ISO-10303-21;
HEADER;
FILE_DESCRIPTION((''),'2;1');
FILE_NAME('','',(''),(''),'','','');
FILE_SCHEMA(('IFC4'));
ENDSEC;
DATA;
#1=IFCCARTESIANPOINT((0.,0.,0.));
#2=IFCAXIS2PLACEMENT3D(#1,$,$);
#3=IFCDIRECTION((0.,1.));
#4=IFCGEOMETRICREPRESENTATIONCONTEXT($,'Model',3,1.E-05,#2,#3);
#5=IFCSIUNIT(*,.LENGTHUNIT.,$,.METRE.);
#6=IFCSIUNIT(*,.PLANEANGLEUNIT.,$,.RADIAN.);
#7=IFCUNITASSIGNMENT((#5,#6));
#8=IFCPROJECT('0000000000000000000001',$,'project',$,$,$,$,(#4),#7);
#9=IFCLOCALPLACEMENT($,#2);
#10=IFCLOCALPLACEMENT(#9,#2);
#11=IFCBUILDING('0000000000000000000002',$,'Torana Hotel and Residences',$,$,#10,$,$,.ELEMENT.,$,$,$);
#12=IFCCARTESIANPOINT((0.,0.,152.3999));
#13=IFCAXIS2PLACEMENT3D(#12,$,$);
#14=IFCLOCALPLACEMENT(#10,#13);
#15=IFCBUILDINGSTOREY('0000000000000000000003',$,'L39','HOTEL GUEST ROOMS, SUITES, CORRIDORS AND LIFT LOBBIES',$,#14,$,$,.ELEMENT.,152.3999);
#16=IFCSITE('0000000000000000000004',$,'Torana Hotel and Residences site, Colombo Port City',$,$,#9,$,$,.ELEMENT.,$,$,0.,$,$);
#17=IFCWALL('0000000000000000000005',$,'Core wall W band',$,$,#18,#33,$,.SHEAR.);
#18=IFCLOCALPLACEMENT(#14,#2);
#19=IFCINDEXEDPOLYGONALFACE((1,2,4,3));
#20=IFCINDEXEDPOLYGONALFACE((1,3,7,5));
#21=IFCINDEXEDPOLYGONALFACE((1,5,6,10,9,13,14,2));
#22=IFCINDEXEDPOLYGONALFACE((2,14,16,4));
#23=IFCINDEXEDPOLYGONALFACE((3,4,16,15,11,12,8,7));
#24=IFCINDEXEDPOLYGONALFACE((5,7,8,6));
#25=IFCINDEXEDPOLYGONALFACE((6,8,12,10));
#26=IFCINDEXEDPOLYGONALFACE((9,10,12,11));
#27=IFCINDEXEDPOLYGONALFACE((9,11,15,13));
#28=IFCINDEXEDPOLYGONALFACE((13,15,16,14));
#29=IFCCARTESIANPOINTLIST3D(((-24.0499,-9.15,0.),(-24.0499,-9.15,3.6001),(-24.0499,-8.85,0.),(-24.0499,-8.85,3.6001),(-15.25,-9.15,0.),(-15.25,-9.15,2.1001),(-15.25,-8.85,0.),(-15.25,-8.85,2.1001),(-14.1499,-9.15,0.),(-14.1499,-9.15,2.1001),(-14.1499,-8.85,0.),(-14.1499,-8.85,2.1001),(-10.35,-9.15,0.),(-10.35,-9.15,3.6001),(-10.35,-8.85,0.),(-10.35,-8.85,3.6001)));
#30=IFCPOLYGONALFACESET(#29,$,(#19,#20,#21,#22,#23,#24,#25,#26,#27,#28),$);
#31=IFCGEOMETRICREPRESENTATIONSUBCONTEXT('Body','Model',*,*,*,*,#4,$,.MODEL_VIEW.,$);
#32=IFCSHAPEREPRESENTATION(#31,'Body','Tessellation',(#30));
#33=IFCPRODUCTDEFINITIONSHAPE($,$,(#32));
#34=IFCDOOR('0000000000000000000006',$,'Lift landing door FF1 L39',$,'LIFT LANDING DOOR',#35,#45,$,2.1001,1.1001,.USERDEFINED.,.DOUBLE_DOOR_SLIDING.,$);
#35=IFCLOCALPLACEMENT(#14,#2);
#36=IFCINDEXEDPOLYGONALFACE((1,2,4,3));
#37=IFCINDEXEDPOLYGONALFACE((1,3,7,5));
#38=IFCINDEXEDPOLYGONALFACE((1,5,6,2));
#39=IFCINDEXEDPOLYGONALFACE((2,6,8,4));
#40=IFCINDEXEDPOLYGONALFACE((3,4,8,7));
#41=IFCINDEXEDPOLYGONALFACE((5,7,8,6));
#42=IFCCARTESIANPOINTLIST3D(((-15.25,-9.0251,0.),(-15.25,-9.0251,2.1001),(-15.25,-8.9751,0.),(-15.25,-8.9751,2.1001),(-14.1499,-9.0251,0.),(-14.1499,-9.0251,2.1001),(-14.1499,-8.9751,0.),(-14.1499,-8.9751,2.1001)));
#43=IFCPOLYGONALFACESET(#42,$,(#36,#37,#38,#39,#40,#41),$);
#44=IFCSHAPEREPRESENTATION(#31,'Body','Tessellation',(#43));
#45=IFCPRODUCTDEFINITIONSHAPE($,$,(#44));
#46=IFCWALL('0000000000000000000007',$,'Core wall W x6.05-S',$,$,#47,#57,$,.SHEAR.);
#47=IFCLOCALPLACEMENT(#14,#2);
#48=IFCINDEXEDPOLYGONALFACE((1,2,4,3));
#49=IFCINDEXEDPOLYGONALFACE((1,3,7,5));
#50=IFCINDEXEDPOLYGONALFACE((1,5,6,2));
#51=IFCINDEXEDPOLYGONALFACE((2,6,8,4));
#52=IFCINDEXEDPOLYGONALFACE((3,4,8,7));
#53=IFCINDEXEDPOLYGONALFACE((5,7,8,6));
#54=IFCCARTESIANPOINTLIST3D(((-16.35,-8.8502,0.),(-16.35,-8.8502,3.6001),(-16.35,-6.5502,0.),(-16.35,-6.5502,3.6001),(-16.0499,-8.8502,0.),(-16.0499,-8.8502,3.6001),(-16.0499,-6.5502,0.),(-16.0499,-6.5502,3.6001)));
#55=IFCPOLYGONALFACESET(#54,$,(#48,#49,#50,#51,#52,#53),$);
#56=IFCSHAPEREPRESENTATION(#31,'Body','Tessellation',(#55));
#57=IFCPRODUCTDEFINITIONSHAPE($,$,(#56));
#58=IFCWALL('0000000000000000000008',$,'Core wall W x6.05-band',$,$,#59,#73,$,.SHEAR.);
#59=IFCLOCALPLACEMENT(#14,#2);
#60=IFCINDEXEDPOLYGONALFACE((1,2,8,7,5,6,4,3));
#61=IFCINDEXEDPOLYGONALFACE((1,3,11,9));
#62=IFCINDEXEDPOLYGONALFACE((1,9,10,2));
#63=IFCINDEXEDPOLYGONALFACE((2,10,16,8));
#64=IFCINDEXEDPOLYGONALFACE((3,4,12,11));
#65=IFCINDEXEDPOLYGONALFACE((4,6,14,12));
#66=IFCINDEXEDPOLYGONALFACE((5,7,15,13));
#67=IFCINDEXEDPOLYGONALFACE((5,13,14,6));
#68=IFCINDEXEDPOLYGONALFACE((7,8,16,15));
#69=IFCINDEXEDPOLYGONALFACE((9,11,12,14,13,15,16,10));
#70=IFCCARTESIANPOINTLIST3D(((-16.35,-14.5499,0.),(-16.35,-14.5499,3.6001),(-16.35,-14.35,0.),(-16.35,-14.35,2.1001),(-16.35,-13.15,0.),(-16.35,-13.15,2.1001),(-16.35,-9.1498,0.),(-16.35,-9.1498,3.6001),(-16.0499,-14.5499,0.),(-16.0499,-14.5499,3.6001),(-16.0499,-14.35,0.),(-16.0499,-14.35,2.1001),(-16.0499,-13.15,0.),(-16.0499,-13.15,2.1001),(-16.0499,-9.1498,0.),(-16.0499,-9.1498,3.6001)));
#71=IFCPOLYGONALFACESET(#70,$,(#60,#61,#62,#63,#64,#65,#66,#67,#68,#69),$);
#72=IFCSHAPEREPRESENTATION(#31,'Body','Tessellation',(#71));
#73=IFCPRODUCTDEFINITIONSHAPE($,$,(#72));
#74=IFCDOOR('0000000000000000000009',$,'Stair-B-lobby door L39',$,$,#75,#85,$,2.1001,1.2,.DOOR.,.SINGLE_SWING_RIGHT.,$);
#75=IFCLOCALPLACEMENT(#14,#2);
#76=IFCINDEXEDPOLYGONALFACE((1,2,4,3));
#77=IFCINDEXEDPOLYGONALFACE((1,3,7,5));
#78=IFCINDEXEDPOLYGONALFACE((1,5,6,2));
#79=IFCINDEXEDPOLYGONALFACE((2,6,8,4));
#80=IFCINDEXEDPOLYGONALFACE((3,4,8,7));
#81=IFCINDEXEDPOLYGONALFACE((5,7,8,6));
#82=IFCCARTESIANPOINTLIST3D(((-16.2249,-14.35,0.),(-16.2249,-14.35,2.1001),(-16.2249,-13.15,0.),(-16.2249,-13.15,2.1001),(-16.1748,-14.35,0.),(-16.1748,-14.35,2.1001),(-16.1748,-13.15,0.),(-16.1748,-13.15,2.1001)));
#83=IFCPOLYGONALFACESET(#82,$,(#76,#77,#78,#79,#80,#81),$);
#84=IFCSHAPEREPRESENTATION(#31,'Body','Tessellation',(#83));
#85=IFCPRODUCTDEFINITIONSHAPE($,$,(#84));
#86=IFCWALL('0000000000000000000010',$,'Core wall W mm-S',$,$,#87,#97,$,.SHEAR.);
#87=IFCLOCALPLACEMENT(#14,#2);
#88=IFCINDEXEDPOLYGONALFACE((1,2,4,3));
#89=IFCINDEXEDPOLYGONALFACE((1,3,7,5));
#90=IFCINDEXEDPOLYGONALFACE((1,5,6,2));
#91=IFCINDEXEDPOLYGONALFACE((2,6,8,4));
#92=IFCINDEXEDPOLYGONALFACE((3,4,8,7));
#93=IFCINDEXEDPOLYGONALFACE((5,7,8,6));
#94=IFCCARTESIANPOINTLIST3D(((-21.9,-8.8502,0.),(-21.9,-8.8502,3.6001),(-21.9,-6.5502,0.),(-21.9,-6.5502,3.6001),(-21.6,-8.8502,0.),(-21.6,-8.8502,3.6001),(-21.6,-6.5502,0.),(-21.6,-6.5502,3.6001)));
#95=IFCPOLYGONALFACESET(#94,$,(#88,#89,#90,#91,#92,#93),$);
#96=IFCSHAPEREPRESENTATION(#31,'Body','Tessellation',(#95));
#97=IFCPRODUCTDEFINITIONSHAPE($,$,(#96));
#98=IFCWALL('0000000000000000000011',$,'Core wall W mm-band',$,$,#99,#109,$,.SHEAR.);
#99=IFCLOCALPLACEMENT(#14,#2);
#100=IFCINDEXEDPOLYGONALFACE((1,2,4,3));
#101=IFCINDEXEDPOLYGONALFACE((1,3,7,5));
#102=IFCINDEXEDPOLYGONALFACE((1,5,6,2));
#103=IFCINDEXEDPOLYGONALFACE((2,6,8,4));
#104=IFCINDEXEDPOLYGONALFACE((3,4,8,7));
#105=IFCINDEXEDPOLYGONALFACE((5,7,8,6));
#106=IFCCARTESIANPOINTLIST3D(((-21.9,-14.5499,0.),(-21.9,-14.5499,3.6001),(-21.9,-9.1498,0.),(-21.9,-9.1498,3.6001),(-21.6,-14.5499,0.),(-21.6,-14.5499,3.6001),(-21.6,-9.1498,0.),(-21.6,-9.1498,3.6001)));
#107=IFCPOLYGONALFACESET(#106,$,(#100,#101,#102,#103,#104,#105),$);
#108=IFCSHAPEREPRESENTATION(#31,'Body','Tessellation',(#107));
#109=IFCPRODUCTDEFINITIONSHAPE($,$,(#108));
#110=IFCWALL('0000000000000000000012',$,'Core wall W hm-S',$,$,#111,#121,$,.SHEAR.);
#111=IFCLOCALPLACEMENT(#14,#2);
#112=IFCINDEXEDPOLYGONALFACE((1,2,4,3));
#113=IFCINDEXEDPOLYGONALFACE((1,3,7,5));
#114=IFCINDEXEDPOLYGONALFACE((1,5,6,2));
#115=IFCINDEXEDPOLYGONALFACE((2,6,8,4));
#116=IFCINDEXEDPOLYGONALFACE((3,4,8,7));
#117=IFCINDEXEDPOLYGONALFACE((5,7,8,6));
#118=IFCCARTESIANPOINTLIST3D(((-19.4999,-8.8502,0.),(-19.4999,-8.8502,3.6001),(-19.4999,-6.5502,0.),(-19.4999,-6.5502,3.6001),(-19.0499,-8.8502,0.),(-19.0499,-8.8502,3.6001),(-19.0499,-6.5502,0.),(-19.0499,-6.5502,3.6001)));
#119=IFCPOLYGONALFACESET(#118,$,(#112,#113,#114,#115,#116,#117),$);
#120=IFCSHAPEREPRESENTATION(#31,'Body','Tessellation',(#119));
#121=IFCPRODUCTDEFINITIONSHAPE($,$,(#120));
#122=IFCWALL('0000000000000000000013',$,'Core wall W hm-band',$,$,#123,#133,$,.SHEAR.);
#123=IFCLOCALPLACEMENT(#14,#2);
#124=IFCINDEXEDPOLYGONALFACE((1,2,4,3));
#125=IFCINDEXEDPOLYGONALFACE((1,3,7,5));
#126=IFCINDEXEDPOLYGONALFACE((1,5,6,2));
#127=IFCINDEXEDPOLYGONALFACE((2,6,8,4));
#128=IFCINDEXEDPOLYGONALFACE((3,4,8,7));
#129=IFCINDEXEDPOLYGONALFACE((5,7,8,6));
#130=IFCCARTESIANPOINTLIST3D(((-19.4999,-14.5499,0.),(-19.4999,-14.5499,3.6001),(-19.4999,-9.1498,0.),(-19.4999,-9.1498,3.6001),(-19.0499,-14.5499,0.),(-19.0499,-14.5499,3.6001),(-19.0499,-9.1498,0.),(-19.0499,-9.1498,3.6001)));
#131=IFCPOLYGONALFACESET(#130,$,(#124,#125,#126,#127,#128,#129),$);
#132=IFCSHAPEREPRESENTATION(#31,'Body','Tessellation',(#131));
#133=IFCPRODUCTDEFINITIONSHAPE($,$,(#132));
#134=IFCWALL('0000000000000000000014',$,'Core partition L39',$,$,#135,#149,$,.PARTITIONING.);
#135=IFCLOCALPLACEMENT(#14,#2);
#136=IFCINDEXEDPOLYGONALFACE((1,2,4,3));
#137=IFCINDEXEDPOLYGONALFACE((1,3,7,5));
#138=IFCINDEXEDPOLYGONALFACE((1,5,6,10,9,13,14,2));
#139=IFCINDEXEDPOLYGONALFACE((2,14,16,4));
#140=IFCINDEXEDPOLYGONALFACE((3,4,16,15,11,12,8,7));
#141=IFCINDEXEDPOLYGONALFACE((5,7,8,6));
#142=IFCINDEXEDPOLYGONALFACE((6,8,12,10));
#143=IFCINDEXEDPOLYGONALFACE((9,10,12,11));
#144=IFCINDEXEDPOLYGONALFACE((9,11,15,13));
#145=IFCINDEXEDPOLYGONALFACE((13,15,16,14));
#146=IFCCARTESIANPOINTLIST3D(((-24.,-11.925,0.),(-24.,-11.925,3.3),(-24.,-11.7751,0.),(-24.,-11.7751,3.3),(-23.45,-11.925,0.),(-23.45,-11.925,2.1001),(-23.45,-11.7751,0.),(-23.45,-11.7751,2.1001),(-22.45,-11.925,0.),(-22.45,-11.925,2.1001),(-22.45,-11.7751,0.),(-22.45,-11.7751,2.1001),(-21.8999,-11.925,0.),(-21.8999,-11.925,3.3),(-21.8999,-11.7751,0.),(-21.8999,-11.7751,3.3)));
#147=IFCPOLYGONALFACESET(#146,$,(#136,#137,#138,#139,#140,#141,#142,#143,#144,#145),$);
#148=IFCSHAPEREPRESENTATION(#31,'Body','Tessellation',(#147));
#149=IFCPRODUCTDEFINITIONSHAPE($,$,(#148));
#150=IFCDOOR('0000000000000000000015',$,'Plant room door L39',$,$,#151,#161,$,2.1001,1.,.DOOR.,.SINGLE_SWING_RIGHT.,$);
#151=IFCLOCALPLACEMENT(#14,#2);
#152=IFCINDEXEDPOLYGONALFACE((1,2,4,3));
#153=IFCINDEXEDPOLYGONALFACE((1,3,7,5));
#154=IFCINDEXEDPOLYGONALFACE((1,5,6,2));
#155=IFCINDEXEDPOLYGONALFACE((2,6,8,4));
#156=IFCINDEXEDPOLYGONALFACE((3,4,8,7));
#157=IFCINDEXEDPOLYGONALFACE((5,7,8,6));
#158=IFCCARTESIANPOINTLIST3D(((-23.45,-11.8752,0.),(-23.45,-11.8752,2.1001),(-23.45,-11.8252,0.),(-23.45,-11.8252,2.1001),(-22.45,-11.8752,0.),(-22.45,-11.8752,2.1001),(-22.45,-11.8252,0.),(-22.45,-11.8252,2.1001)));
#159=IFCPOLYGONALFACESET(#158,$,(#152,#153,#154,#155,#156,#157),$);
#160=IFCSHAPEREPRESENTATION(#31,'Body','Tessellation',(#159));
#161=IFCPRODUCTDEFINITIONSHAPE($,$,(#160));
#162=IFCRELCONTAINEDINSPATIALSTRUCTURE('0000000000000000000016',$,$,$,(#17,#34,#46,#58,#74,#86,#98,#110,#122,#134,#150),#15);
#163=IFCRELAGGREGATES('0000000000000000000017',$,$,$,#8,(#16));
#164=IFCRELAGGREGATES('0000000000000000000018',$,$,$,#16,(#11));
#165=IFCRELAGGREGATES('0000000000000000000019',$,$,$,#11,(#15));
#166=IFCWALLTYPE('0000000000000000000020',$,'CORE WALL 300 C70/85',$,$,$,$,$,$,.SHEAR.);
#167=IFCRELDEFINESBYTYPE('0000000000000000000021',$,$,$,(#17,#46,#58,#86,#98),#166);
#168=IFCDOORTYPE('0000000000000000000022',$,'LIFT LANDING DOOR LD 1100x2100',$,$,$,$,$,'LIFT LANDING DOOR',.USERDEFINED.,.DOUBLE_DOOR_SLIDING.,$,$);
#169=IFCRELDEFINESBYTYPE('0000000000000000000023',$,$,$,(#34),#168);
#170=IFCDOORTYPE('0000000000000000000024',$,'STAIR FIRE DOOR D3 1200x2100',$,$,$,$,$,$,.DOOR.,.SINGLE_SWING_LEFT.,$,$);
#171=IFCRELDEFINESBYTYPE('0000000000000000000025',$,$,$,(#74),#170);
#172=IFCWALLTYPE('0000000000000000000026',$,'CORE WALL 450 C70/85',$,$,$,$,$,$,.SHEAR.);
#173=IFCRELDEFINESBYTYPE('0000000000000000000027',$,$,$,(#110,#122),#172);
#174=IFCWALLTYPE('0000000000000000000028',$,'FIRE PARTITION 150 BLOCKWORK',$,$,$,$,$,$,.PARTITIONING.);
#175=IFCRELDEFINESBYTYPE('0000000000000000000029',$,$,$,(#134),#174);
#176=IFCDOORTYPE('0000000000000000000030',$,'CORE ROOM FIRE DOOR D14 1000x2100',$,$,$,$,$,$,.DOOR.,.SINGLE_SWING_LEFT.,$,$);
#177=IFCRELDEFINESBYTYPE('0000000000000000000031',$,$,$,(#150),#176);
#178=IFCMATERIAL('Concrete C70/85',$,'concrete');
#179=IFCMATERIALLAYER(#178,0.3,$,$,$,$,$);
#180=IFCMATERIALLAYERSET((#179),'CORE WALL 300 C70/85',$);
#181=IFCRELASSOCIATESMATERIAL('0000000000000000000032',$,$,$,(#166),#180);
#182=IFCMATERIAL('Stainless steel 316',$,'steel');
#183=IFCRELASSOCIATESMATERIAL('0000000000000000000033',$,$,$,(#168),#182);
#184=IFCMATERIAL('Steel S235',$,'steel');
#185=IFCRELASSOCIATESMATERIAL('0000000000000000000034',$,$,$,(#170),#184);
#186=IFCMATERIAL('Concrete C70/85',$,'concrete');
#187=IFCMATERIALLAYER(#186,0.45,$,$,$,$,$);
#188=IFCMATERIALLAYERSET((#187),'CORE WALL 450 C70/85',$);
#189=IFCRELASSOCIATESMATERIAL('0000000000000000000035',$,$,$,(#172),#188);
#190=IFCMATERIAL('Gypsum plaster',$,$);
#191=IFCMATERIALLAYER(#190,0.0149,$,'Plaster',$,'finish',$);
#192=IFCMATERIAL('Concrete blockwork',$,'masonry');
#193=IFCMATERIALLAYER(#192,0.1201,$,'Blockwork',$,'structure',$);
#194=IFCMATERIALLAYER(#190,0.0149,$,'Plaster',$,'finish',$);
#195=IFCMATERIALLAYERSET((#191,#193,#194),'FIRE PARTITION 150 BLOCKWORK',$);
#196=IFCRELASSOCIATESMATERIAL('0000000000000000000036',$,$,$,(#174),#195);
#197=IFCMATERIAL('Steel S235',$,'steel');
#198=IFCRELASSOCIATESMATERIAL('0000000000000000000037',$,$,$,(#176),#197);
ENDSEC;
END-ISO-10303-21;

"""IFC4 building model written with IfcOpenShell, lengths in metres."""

from ifc_helpers import new_model, si_unit, direction, frame, frame_2d, origin, place, context, subcontext, project, spatial, rectangle, extrude, material, layer, layer_set, type_object, element, fill, save


model = new_model("IFC4")

# Units and contexts
model_context = context("Model", 3, precision=1e-05, world=origin(), true_north=direction((0.0, 1.0)))
body_context = subcontext(model_context, "Body", "Model", "MODEL_VIEW")
ifc_project = project(units=[si_unit("LENGTHUNIT", "METRE"), si_unit("PLANEANGLEUNIT", "RADIAN")], contexts=[model_context])

# Site, building, storey
site_placement = place(None, origin())
site = spatial("IfcSite", under=ifc_project, at=site_placement, Name="Torana Hotel and Residences site, Colombo Port City", CompositionType="ELEMENT", RefElevation=0.0)
building_placement = place(site_placement, origin())
building = spatial("IfcBuilding", under=site, at=building_placement, Name="Torana Hotel and Residences", CompositionType="ELEMENT")
storey_placement = place(building_placement, frame((0.0, 0.0, 152.3999)))
storey = spatial("IfcBuildingStorey", under=building, at=storey_placement, Name="L39", Description="HOTEL GUEST ROOMS, SUITES, CORRIDORS AND LIFT LOBBIES", CompositionType="ELEMENT", Elevation=152.3999)

# Wall, opening, door
ifc_material_1 = material(Name="Concrete C70/85", Category="concrete")
ifc_layer_1 = layer(ifc_material_1, 0.3)
ifc_layer_set_1 = layer_set([ifc_layer_1], Name="CORE WALL 300 C70/85")
wall_type_1 = type_object("IfcWallType", Name="CORE WALL 300 C70/85", PredefinedType="SHEAR", material=ifc_layer_set_1)
wall_1_placement = place(storey_placement, frame((-24.05, -9.0, 0.0), z_axis=(0.0, 0.0, 1.0), x_axis=(1.0, 0.0, 0.0)))
wall_1 = element("IfcWall", 1, at=wall_1_placement, inside=storey, type_object=wall_type_1, Name="Core wall W band", PredefinedType="SHEAR", context=body_context, shape_type="SweptSolid", body=[
    extrude(rectangle(XDim=13.7, YDim=0.3, at=frame_2d((6.8501, 0.0))), origin(), (0.0, 0.0, 1.0), 3.6001),
])
opening_1_placement = place(wall_1_placement, frame((8.8, 0.0, 0.0)))
opening_1 = element("IfcOpeningElement", 2, at=opening_1_placement, cuts=wall_1, PredefinedType="OPENING", context=body_context, shape_type="SweptSolid", body=[
    extrude(rectangle(XDim=1.1001, YDim=2.1001, at=frame_2d((0.55, 1.05))), frame((0.0, 0.1599, 0.0), z_axis=(0.0, -1.0, 0.0), x_axis=(1.0, 0.0, 0.0)), (0.0, 0.0, 1.0), 0.3201),
])
ifc_material_2 = material(Name="Stainless steel 316", Category="steel")
door_type_1 = type_object("IfcDoorType", Name="LIFT LANDING DOOR LD 1100x2100", ElementType="LIFT LANDING DOOR", OperationType="DOUBLE_DOOR_SLIDING", PredefinedType="USERDEFINED", material=ifc_material_2)
door_1_placement = place(opening_1_placement, origin())
door_1 = element("IfcDoor", 3, at=door_1_placement, inside=storey, type_object=door_type_1, Name="Lift landing door FF1 L39", ObjectType="LIFT LANDING DOOR", OperationType="DOUBLE_DOOR_SLIDING", OverallHeight=2.1001, OverallWidth=1.1001, PredefinedType="USERDEFINED", context=body_context, shape_type="SweptSolid", body=[
    extrude(rectangle(XDim=1.1001, YDim=2.1001, at=frame_2d((0.55, 1.05))), frame((0.0, 0.0249, 0.0), z_axis=(0.0, -1.0, 0.0), x_axis=(1.0, 0.0, 0.0)), (0.0, 0.0, 1.0), 0.05),
])
fill(opening_1, door_1)

# Wall
wall_2_placement = place(storey_placement, frame((-16.2, -8.8501, 0.0), z_axis=(0.0, 0.0, 1.0), x_axis=(0.0, 1.0, 0.0)))
element("IfcWall", 4, at=wall_2_placement, inside=storey, type_object=wall_type_1, Name="Core wall W x6.05-S", PredefinedType="SHEAR", context=body_context, shape_type="SweptSolid", body=[
    extrude(rectangle(XDim=2.3, YDim=0.3, at=frame_2d((1.1499, 0.0))), origin(), (0.0, 0.0, 1.0), 3.6001),
])

# Wall, opening, door
wall_3_placement = place(storey_placement, frame((-16.2, -14.55, 0.0), z_axis=(0.0, 0.0, 1.0), x_axis=(0.0, 1.0, 0.0)))
wall_3 = element("IfcWall", 5, at=wall_3_placement, inside=storey, type_object=wall_type_1, Name="Core wall W x6.05-band", PredefinedType="SHEAR", context=body_context, shape_type="SweptSolid", body=[
    extrude(rectangle(XDim=5.4001, YDim=0.3, at=frame_2d((2.7002, 0.0))), origin(), (0.0, 0.0, 1.0), 3.6001),
])
opening_2_placement = place(wall_3_placement, frame((0.2, 0.0, 0.0)))
opening_2 = element("IfcOpeningElement", 6, at=opening_2_placement, cuts=wall_3, PredefinedType="OPENING", context=body_context, shape_type="SweptSolid", body=[
    extrude(rectangle(XDim=1.2, YDim=2.1001, at=frame_2d((0.6001, 1.05))), frame((0.0, 0.1599, 0.0), z_axis=(0.0, -1.0, 0.0), x_axis=(1.0, 0.0, 0.0)), (0.0, 0.0, 1.0), 0.3201),
])
ifc_material_3 = material(Name="Steel S235", Category="steel")
door_type_2 = type_object("IfcDoorType", Name="STAIR FIRE DOOR D3 1200x2100", OperationType="SINGLE_SWING_LEFT", PredefinedType="DOOR", material=ifc_material_3)
door_2_placement = place(opening_2_placement, origin())
door_2 = element("IfcDoor", 7, at=door_2_placement, inside=storey, type_object=door_type_2, Name="Stair-B-lobby door L39", OperationType="SINGLE_SWING_RIGHT", OverallHeight=2.1001, OverallWidth=1.2, PredefinedType="DOOR", context=body_context, shape_type="SweptSolid", body=[
    extrude(rectangle(XDim=1.2, YDim=2.1001, at=frame_2d((0.6001, 1.05))), frame((0.0, 0.0249, 0.0), z_axis=(0.0, -1.0, 0.0), x_axis=(1.0, 0.0, 0.0)), (0.0, 0.0, 1.0), 0.05),
])
fill(opening_2, door_2)

# Walls
wall_4_placement = place(storey_placement, frame((-21.75, -8.8501, 0.0), z_axis=(0.0, 0.0, 1.0), x_axis=(0.0, 1.0, 0.0)))
element("IfcWall", 8, at=wall_4_placement, inside=storey, type_object=wall_type_1, Name="Core wall W mm-S", PredefinedType="SHEAR", context=body_context, shape_type="SweptSolid", body=[
    extrude(rectangle(XDim=2.3, YDim=0.3, at=frame_2d((1.1499, 0.0))), origin(), (0.0, 0.0, 1.0), 3.6001),
])
wall_5_placement = place(storey_placement, frame((-21.75, -14.55, 0.0), z_axis=(0.0, 0.0, 1.0), x_axis=(0.0, 1.0, 0.0)))
element("IfcWall", 9, at=wall_5_placement, inside=storey, type_object=wall_type_1, Name="Core wall W mm-band", PredefinedType="SHEAR", context=body_context, shape_type="SweptSolid", body=[
    extrude(rectangle(XDim=5.4001, YDim=0.3, at=frame_2d((2.7002, 0.0))), origin(), (0.0, 0.0, 1.0), 3.6001),
])
ifc_material_4 = material(Name="Concrete C70/85", Category="concrete")
ifc_layer_2 = layer(ifc_material_4, 0.45)
ifc_layer_set_2 = layer_set([ifc_layer_2], Name="CORE WALL 450 C70/85")
wall_type_2 = type_object("IfcWallType", Name="CORE WALL 450 C70/85", PredefinedType="SHEAR", material=ifc_layer_set_2)
wall_6_placement = place(storey_placement, frame((-19.2749, -8.8501, 0.0), z_axis=(0.0, 0.0, 1.0), x_axis=(0.0, 1.0, 0.0)))
element("IfcWall", 10, at=wall_6_placement, inside=storey, type_object=wall_type_2, Name="Core wall W hm-S", PredefinedType="SHEAR", context=body_context, shape_type="SweptSolid", body=[
    extrude(rectangle(XDim=2.3, YDim=0.45, at=frame_2d((1.1499, 0.0))), origin(), (0.0, 0.0, 1.0), 3.6001),
])
wall_7_placement = place(storey_placement, frame((-19.2749, -14.55, 0.0), z_axis=(0.0, 0.0, 1.0), x_axis=(0.0, 1.0, 0.0)))
element("IfcWall", 11, at=wall_7_placement, inside=storey, type_object=wall_type_2, Name="Core wall W hm-band", PredefinedType="SHEAR", context=body_context, shape_type="SweptSolid", body=[
    extrude(rectangle(XDim=5.4001, YDim=0.45, at=frame_2d((2.7002, 0.0))), origin(), (0.0, 0.0, 1.0), 3.6001),
])

# Wall, opening, door
ifc_material_5 = material(Name="Gypsum plaster")
ifc_layer_3 = layer(ifc_material_5, 0.0149, Name="Plaster", Category="finish")
ifc_material_6 = material(Name="Concrete blockwork", Category="masonry")
ifc_layer_4 = layer(ifc_material_6, 0.1201, Name="Blockwork", Category="structure")
ifc_layer_5 = layer(ifc_material_5, 0.0149, Name="Plaster", Category="finish")
ifc_layer_set_3 = layer_set([ifc_layer_3, ifc_layer_4, ifc_layer_5], Name="FIRE PARTITION 150 BLOCKWORK")
wall_type_3 = type_object("IfcWallType", Name="FIRE PARTITION 150 BLOCKWORK", PredefinedType="PARTITIONING", material=ifc_layer_set_3)
wall_8_placement = place(storey_placement, frame((-24.0, -11.8501, 0.0), z_axis=(0.0, 0.0, 1.0), x_axis=(1.0, 0.0, 0.0)))
wall_8 = element("IfcWall", 12, at=wall_8_placement, inside=storey, type_object=wall_type_3, Name="Core partition L39", PredefinedType="PARTITIONING", context=body_context, shape_type="SweptSolid", body=[
    extrude(rectangle(XDim=2.1001, YDim=0.1499, at=frame_2d((1.05, 0.0))), origin(), (0.0, 0.0, 1.0), 3.3),
])
opening_3_placement = place(wall_8_placement, frame((0.55, 0.0, 0.0)))
opening_3 = element("IfcOpeningElement", 13, at=opening_3_placement, cuts=wall_8, PredefinedType="OPENING", context=body_context, shape_type="SweptSolid", body=[
    extrude(rectangle(XDim=1.0, YDim=2.1001, at=frame_2d((0.5, 1.05))), frame((0.0, 0.085, 0.0), z_axis=(0.0, -1.0, 0.0), x_axis=(1.0, 0.0, 0.0)), (0.0, 0.0, 1.0), 0.1699),
])
ifc_material_7 = material(Name="Steel S235", Category="steel")
door_type_3 = type_object("IfcDoorType", Name="CORE ROOM FIRE DOOR D14 1000x2100", OperationType="SINGLE_SWING_LEFT", PredefinedType="DOOR", material=ifc_material_7)
door_3_placement = place(opening_3_placement, origin())
door_3 = element("IfcDoor", 14, at=door_3_placement, inside=storey, type_object=door_type_3, Name="Plant room door L39", OperationType="SINGLE_SWING_RIGHT", OverallHeight=2.1001, OverallWidth=1.0, PredefinedType="DOOR", context=body_context, shape_type="SweptSolid", body=[
    extrude(rectangle(XDim=1.0, YDim=2.1001, at=frame_2d((0.5, 1.05))), frame((0.0, 0.0249, 0.0), z_axis=(0.0, -1.0, 0.0), x_axis=(1.0, 0.0, 0.0)), (0.0, 0.0, 1.0), 0.05),
])
fill(opening_3, door_3)

save(model, "model.ifc")
